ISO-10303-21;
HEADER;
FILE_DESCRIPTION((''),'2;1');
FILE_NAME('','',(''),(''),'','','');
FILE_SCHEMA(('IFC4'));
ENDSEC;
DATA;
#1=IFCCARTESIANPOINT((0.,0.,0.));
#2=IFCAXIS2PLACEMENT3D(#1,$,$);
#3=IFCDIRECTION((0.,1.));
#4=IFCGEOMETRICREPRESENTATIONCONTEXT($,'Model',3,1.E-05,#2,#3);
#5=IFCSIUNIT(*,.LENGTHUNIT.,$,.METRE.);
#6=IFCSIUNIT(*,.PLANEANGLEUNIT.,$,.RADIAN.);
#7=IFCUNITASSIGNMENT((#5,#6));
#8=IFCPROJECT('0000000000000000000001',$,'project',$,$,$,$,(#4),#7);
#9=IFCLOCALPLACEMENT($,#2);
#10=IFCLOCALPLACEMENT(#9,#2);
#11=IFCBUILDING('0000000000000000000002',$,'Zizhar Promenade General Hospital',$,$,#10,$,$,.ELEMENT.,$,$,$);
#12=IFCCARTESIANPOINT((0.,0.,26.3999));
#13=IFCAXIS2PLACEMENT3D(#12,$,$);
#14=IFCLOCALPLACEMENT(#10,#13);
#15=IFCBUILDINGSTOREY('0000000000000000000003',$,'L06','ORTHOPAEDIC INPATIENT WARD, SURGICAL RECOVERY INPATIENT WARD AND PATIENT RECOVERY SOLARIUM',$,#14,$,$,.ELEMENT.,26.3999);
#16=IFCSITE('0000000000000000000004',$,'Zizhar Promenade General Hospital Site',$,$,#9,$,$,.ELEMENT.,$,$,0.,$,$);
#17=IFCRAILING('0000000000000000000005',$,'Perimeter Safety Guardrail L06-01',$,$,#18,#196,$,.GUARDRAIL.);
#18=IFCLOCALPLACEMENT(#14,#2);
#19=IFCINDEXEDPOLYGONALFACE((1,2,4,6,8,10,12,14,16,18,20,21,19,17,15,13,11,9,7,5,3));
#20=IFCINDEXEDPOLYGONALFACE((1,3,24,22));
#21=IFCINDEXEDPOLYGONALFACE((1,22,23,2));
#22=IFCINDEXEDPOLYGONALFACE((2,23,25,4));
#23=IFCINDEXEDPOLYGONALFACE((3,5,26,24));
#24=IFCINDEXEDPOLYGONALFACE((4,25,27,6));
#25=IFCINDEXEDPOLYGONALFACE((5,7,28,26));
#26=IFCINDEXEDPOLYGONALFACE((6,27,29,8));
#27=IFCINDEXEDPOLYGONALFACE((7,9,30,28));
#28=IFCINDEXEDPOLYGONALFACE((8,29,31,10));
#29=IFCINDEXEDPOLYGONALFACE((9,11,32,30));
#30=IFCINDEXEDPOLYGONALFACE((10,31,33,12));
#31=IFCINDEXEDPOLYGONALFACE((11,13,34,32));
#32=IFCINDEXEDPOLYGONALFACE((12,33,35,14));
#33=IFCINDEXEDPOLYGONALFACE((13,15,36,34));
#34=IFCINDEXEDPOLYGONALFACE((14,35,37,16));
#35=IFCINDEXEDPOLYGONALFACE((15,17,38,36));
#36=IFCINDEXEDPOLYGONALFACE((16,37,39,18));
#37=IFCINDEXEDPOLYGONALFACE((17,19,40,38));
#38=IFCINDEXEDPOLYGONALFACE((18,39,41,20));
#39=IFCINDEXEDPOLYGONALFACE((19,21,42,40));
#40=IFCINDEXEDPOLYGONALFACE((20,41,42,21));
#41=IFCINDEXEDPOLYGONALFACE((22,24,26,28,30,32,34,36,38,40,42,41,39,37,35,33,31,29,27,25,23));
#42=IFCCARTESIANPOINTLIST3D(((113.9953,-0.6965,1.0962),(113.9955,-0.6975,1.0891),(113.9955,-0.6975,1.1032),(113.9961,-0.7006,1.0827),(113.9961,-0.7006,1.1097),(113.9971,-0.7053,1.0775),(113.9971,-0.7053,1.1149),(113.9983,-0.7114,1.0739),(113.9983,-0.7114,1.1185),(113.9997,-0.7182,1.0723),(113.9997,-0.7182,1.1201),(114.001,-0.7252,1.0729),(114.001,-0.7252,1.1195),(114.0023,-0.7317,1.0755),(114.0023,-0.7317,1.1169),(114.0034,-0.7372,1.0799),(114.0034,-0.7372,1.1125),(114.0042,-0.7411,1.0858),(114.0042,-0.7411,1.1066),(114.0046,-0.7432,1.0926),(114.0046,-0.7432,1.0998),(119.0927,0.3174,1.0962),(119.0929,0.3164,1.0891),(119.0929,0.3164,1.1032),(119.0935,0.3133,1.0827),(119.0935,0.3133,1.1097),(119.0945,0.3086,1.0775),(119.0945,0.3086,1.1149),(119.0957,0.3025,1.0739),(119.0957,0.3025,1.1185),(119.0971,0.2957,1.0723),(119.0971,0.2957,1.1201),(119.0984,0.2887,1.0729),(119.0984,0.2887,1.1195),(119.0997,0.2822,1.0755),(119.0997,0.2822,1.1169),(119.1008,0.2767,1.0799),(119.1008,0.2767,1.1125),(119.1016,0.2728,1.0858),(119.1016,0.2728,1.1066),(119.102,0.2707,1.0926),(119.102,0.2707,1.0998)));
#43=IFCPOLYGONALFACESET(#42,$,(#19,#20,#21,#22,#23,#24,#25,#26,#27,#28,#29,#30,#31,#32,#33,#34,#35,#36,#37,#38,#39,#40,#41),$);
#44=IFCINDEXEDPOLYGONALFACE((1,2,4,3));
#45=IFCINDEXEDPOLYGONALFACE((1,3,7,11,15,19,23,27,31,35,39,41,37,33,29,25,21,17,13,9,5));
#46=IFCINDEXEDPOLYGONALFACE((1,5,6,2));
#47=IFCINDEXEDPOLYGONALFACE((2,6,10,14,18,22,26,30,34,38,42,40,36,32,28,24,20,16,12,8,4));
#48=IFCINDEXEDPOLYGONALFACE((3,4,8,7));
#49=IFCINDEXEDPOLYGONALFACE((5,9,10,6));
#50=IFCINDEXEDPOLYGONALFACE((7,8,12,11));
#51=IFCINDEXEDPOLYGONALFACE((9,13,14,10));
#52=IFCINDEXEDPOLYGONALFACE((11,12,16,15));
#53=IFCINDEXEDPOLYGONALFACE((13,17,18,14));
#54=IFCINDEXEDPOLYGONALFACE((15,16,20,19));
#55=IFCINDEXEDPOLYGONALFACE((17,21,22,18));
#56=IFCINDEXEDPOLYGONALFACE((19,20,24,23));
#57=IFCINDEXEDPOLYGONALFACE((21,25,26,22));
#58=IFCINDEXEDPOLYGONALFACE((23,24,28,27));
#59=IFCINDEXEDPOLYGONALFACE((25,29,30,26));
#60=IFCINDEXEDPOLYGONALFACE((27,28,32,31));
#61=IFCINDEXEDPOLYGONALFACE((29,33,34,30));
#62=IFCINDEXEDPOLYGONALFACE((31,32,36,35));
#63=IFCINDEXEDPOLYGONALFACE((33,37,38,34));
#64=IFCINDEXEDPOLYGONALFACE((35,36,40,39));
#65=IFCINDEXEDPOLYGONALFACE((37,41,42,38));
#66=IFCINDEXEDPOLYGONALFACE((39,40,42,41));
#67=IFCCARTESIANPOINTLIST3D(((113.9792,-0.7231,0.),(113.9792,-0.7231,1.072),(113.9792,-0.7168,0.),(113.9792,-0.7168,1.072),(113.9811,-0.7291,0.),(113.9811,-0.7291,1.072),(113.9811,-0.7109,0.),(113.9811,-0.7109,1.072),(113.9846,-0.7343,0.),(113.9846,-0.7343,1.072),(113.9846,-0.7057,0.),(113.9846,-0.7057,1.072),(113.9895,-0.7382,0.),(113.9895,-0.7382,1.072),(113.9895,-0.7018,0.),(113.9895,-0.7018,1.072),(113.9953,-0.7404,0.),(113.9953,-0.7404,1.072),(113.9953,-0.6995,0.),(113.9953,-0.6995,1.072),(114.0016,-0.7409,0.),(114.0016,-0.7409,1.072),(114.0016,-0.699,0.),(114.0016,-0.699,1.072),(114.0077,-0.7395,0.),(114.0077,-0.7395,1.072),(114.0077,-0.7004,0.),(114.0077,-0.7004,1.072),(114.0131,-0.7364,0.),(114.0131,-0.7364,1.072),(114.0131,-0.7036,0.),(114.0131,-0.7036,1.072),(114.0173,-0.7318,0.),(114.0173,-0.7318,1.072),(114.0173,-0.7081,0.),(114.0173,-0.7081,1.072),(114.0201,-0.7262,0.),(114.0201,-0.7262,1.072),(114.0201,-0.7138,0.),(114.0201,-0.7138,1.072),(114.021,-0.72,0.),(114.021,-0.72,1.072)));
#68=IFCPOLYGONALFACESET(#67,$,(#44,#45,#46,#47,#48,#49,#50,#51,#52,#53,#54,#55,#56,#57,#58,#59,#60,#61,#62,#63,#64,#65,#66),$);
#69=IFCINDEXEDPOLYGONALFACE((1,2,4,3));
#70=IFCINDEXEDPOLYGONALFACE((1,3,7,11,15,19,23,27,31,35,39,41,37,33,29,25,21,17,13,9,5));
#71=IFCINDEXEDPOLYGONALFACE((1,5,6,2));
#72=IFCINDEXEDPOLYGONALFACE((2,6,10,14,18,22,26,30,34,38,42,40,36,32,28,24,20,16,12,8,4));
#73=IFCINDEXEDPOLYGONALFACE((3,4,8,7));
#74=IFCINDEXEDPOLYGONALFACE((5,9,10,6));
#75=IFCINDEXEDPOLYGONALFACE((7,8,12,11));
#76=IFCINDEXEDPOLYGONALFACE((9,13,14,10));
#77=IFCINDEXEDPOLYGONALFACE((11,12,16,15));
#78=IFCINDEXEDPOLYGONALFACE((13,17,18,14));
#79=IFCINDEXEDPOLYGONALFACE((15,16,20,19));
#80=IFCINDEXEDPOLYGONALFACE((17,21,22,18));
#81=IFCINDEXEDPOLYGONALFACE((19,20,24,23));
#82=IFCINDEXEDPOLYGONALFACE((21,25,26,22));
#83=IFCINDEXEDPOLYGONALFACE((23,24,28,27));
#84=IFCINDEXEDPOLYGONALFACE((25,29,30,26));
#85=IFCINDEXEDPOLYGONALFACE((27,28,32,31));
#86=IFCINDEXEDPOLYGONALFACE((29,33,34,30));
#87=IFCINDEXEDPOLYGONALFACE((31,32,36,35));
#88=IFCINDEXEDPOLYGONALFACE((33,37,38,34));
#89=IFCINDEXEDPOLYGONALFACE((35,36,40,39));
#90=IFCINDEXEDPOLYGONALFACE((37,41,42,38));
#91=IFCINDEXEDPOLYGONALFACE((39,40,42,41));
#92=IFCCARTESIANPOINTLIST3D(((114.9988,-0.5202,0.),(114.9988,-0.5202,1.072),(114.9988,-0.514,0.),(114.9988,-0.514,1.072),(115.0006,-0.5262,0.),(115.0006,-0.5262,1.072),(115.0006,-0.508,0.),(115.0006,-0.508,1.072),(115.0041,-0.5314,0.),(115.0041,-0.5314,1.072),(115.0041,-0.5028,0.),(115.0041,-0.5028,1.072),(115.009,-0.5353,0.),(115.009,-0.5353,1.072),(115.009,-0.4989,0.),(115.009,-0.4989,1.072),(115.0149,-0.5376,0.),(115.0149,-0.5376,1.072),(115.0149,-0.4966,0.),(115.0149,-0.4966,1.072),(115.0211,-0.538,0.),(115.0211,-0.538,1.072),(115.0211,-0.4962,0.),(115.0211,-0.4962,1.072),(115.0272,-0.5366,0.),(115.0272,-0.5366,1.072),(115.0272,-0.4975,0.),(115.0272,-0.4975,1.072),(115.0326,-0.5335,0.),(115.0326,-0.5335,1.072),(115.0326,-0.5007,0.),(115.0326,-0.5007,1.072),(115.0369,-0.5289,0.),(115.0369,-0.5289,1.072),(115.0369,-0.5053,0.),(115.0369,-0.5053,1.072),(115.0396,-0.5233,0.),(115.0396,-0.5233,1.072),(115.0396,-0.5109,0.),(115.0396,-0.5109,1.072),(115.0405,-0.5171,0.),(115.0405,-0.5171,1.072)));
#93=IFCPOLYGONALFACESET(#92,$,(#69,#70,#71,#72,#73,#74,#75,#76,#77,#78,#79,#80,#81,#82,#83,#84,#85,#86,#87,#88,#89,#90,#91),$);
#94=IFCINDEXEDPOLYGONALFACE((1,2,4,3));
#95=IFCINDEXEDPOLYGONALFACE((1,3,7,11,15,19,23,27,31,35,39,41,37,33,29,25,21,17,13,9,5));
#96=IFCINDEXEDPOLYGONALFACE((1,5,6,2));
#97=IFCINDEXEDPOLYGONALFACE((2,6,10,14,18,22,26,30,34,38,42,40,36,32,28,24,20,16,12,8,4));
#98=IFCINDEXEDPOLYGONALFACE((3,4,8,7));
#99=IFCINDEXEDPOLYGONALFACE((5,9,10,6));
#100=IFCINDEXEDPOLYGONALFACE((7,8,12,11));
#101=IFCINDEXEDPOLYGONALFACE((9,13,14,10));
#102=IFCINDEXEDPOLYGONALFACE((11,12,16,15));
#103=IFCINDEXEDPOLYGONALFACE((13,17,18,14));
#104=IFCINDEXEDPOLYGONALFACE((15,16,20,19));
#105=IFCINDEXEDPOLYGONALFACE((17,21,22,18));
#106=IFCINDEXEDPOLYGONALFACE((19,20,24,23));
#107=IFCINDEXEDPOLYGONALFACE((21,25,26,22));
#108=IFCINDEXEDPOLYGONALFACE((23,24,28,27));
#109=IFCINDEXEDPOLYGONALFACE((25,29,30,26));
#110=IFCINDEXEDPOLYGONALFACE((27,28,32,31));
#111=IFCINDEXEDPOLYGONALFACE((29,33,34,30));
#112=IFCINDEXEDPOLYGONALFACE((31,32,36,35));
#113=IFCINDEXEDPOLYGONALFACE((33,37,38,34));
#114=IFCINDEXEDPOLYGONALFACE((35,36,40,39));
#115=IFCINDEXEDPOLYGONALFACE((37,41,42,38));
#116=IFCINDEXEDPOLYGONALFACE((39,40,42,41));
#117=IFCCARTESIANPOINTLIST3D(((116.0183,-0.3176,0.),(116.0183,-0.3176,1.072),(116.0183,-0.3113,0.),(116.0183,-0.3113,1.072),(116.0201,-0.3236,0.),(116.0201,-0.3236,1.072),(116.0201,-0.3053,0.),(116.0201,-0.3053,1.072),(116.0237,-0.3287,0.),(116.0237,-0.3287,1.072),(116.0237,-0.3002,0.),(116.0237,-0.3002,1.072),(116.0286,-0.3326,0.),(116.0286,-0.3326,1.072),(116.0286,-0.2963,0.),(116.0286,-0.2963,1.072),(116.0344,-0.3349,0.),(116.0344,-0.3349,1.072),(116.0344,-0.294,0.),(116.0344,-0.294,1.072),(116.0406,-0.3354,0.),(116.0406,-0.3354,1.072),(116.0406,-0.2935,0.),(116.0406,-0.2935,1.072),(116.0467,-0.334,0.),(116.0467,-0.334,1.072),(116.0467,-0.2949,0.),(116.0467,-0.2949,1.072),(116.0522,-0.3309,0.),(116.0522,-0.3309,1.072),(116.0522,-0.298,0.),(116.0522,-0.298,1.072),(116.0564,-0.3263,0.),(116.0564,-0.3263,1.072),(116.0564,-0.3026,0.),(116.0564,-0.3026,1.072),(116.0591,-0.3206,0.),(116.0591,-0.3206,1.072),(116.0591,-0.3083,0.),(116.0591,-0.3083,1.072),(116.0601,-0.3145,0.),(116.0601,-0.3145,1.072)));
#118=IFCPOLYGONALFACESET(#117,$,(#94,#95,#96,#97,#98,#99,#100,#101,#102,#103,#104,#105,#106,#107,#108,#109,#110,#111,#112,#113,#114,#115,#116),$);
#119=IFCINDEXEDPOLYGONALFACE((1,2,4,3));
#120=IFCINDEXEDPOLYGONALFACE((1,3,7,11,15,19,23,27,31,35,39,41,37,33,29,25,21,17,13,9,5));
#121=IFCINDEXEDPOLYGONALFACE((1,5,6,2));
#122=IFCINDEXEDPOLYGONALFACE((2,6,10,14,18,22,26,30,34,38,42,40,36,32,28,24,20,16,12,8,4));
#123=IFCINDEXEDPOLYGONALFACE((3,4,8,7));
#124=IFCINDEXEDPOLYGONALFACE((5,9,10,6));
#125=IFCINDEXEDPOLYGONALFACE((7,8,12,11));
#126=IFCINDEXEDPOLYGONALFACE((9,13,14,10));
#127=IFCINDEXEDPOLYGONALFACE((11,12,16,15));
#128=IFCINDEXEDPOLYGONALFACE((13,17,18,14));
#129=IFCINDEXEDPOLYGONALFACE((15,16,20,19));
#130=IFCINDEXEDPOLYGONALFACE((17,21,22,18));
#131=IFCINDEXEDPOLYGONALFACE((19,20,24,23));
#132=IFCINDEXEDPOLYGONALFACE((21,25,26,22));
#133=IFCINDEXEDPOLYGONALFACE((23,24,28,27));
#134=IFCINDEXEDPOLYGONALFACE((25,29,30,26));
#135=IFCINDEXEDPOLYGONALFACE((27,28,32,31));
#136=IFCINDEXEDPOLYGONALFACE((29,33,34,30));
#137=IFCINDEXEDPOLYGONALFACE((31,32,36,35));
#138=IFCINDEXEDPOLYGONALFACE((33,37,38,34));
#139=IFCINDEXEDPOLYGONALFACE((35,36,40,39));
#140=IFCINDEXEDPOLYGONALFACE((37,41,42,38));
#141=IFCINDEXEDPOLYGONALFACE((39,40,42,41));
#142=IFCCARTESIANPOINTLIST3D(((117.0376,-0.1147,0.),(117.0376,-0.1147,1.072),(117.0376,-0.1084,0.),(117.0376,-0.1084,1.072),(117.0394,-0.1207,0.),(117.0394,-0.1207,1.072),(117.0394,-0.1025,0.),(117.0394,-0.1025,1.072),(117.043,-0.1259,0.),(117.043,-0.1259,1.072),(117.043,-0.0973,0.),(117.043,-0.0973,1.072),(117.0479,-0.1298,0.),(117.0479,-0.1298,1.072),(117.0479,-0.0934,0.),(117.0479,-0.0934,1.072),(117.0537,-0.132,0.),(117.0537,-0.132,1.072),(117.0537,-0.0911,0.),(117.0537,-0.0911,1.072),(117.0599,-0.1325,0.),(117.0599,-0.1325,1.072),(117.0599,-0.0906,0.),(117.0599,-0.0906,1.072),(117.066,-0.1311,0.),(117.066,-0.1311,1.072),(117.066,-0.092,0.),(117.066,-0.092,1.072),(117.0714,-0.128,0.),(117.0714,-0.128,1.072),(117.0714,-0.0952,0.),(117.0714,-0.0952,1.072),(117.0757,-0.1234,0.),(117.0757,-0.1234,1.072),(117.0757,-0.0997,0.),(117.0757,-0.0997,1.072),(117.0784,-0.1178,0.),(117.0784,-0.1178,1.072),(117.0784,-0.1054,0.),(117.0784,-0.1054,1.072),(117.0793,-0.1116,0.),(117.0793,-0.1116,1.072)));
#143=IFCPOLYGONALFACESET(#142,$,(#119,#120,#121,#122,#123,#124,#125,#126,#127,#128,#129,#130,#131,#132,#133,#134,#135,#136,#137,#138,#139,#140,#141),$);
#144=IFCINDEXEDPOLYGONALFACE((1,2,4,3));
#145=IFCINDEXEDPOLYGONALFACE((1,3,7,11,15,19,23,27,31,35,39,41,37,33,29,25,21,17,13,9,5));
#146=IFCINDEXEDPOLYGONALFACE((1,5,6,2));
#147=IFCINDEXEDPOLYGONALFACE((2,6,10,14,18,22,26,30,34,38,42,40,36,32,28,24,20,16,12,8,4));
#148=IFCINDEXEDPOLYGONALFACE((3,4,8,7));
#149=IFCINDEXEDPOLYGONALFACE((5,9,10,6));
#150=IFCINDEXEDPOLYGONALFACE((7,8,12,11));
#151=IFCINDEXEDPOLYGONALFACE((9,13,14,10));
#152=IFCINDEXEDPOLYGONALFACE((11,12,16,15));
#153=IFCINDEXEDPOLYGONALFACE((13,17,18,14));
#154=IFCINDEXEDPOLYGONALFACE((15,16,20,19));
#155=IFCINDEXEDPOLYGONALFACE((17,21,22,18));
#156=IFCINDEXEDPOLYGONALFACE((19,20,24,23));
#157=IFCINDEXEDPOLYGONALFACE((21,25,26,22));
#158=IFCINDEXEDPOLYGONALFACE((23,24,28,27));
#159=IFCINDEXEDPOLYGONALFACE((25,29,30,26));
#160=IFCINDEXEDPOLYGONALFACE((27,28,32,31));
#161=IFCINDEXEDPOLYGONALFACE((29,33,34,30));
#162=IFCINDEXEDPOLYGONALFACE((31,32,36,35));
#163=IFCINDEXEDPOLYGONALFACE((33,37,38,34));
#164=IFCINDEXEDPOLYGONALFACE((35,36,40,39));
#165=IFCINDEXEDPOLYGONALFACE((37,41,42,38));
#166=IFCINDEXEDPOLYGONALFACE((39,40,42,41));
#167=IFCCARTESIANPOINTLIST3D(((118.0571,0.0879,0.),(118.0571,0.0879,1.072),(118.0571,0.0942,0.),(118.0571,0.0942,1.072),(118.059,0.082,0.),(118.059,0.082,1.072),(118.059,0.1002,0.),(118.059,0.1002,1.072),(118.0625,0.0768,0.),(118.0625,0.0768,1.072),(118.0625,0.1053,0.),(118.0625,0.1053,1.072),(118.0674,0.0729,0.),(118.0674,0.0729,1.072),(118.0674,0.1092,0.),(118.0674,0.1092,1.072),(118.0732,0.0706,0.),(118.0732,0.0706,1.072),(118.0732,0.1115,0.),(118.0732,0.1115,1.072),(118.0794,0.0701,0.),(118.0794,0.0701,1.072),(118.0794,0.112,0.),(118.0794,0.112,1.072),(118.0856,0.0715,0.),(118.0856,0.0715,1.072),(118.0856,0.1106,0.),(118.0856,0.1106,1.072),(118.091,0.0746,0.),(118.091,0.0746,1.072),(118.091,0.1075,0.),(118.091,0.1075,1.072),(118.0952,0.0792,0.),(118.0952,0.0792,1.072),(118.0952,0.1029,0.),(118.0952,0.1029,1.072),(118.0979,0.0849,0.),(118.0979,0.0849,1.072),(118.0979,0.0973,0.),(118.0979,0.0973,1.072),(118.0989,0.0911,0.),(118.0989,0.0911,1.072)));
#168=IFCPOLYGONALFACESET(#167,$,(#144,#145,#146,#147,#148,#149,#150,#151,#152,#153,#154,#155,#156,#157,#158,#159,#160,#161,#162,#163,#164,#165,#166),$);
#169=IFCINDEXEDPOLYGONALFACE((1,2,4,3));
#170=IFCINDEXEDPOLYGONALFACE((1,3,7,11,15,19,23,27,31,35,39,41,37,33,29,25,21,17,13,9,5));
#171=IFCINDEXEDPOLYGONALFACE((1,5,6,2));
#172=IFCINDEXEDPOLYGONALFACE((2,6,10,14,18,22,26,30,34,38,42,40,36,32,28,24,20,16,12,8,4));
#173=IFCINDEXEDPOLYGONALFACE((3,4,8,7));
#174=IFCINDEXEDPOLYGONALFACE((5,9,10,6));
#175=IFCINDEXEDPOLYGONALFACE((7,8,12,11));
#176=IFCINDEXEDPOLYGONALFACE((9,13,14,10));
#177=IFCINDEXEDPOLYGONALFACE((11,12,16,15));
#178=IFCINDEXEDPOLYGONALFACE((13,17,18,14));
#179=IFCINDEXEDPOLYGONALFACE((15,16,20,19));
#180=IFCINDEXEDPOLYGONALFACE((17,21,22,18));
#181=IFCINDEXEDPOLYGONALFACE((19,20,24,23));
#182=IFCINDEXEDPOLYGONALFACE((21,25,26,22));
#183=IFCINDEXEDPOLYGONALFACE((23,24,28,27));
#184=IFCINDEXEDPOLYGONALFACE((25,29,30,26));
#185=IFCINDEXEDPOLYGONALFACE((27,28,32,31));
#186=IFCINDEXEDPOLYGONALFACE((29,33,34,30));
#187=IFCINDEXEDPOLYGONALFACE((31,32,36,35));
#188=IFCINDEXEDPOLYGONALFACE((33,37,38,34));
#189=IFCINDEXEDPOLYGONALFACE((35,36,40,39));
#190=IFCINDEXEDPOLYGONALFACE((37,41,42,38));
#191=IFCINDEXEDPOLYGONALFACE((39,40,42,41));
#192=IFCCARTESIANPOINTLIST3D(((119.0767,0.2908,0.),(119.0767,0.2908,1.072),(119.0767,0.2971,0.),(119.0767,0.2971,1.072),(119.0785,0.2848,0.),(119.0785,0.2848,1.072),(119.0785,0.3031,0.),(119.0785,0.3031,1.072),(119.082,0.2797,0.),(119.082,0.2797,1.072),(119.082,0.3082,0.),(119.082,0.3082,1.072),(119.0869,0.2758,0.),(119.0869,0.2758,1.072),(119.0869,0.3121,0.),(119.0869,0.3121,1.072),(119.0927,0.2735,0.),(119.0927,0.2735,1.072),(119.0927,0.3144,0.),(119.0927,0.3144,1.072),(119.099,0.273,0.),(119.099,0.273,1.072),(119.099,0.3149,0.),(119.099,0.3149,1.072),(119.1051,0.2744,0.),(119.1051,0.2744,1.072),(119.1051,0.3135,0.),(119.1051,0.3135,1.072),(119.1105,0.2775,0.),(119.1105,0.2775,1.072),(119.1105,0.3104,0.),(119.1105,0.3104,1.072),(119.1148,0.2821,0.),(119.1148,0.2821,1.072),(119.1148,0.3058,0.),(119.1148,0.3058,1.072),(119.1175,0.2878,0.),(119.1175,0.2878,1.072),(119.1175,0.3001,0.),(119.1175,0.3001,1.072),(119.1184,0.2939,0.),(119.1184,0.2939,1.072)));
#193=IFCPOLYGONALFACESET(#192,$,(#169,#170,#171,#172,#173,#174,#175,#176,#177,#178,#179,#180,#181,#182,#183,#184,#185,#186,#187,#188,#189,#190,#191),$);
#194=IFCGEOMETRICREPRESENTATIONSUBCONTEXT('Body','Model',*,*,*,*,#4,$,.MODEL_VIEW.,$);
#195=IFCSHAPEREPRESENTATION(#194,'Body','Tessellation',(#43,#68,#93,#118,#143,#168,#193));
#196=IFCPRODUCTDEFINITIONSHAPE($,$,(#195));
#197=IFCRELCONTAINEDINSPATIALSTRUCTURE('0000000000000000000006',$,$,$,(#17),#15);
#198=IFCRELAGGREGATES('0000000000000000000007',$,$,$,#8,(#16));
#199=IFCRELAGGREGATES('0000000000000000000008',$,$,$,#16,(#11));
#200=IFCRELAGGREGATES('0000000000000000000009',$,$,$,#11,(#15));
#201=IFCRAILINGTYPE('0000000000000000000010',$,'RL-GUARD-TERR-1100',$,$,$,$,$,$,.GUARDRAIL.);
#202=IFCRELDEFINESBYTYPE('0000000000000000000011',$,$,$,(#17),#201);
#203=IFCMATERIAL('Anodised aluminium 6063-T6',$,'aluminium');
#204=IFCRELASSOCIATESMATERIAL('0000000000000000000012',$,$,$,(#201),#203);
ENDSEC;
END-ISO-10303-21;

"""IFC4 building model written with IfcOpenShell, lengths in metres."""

from ifc_helpers import new_model, si_unit, direction, frame, origin, origin_2d, place, context, subcontext, project, spatial, circle, hollow_circle, extrude, material, material_profile, profile_set, type_object, element, save


model = new_model("IFC4")

# Units and contexts
model_context = context("Model", 3, precision=1e-05, world=origin(), true_north=direction((0.0, 1.0)))
body_context = subcontext(model_context, "Body", "Model", "MODEL_VIEW")
ifc_project = project(units=[si_unit("LENGTHUNIT", "METRE"), si_unit("PLANEANGLEUNIT", "RADIAN")], contexts=[model_context])

# Site, building, storey
site_placement = place(None, origin())
site = spatial("IfcSite", under=ifc_project, at=site_placement, Name="Zizhar Promenade General Hospital Site", CompositionType="ELEMENT", RefElevation=0.0)
building_placement = place(site_placement, origin())
building = spatial("IfcBuilding", under=site, at=building_placement, Name="Zizhar Promenade General Hospital", CompositionType="ELEMENT")
storey_placement = place(building_placement, frame((0.0, 0.0, 26.3999)))
storey = spatial("IfcBuildingStorey", under=building, at=storey_placement, Name="L06", Description="ORTHOPAEDIC INPATIENT WARD, SURGICAL RECOVERY INPATIENT WARD AND PATIENT RECOVERY SOLARIUM", CompositionType="ELEMENT", Elevation=26.3999)

# Railing
ifc_material_1 = material(Name="Anodised aluminium 6063-T6", Category="aluminium")
ifc_material_profile_1 = material_profile(ifc_material_1, hollow_circle(Radius=0.0698, WallThickness=0.0063, at=origin_2d()))
ifc_profile_set_1 = profile_set([ifc_material_profile_1], Name="Anodised aluminium 6063-T6")
railing_type = type_object("IfcRailingType", Name="RL-GUARD-TERR-1100", PredefinedType="GUARDRAIL", material=ifc_profile_set_1)
railing_1_placement = place(storey_placement, frame((114.0, -0.72, 0.0)))
element("IfcRailing", 1, at=railing_1_placement, inside=storey, type_object=railing_type, Name="Perimeter Safety Guardrail L06-01", PredefinedType="GUARDRAIL", context=body_context, shape_type="SweptSolid", body=[
    extrude(circle(Radius=0.0239, at=origin_2d()), frame((0.0, 0.0, 1.0962), z_axis=(0.980786, 0.195086, 0.0), x_axis=(-0.195086, 0.980786, 0.0)), (0.0, 0.0, 1.0), 5.1973),
    extrude(circle(Radius=0.021, at=origin_2d()), origin(), (0.0, 0.0, 1.0), 1.072),
    extrude(circle(Radius=0.021, at=origin_2d()), frame((1.0195, 0.2029, 0.0)), (0.0, 0.0, 1.0), 1.072),
    extrude(circle(Radius=0.021, at=origin_2d()), frame((2.0391, 0.4055, 0.0)), (0.0, 0.0, 1.0), 1.072),
    extrude(circle(Radius=0.021, at=origin_2d()), frame((3.0583, 0.6084, 0.0)), (0.0, 0.0, 1.0), 1.072),
    extrude(circle(Radius=0.021, at=origin_2d()), frame((4.0779, 0.811, 0.0)), (0.0, 0.0, 1.0), 1.072),
    extrude(circle(Radius=0.021, at=origin_2d()), frame((5.0974, 1.0139, 0.0)), (0.0, 0.0, 1.0), 1.072),
])

save(model, "model.ifc")
